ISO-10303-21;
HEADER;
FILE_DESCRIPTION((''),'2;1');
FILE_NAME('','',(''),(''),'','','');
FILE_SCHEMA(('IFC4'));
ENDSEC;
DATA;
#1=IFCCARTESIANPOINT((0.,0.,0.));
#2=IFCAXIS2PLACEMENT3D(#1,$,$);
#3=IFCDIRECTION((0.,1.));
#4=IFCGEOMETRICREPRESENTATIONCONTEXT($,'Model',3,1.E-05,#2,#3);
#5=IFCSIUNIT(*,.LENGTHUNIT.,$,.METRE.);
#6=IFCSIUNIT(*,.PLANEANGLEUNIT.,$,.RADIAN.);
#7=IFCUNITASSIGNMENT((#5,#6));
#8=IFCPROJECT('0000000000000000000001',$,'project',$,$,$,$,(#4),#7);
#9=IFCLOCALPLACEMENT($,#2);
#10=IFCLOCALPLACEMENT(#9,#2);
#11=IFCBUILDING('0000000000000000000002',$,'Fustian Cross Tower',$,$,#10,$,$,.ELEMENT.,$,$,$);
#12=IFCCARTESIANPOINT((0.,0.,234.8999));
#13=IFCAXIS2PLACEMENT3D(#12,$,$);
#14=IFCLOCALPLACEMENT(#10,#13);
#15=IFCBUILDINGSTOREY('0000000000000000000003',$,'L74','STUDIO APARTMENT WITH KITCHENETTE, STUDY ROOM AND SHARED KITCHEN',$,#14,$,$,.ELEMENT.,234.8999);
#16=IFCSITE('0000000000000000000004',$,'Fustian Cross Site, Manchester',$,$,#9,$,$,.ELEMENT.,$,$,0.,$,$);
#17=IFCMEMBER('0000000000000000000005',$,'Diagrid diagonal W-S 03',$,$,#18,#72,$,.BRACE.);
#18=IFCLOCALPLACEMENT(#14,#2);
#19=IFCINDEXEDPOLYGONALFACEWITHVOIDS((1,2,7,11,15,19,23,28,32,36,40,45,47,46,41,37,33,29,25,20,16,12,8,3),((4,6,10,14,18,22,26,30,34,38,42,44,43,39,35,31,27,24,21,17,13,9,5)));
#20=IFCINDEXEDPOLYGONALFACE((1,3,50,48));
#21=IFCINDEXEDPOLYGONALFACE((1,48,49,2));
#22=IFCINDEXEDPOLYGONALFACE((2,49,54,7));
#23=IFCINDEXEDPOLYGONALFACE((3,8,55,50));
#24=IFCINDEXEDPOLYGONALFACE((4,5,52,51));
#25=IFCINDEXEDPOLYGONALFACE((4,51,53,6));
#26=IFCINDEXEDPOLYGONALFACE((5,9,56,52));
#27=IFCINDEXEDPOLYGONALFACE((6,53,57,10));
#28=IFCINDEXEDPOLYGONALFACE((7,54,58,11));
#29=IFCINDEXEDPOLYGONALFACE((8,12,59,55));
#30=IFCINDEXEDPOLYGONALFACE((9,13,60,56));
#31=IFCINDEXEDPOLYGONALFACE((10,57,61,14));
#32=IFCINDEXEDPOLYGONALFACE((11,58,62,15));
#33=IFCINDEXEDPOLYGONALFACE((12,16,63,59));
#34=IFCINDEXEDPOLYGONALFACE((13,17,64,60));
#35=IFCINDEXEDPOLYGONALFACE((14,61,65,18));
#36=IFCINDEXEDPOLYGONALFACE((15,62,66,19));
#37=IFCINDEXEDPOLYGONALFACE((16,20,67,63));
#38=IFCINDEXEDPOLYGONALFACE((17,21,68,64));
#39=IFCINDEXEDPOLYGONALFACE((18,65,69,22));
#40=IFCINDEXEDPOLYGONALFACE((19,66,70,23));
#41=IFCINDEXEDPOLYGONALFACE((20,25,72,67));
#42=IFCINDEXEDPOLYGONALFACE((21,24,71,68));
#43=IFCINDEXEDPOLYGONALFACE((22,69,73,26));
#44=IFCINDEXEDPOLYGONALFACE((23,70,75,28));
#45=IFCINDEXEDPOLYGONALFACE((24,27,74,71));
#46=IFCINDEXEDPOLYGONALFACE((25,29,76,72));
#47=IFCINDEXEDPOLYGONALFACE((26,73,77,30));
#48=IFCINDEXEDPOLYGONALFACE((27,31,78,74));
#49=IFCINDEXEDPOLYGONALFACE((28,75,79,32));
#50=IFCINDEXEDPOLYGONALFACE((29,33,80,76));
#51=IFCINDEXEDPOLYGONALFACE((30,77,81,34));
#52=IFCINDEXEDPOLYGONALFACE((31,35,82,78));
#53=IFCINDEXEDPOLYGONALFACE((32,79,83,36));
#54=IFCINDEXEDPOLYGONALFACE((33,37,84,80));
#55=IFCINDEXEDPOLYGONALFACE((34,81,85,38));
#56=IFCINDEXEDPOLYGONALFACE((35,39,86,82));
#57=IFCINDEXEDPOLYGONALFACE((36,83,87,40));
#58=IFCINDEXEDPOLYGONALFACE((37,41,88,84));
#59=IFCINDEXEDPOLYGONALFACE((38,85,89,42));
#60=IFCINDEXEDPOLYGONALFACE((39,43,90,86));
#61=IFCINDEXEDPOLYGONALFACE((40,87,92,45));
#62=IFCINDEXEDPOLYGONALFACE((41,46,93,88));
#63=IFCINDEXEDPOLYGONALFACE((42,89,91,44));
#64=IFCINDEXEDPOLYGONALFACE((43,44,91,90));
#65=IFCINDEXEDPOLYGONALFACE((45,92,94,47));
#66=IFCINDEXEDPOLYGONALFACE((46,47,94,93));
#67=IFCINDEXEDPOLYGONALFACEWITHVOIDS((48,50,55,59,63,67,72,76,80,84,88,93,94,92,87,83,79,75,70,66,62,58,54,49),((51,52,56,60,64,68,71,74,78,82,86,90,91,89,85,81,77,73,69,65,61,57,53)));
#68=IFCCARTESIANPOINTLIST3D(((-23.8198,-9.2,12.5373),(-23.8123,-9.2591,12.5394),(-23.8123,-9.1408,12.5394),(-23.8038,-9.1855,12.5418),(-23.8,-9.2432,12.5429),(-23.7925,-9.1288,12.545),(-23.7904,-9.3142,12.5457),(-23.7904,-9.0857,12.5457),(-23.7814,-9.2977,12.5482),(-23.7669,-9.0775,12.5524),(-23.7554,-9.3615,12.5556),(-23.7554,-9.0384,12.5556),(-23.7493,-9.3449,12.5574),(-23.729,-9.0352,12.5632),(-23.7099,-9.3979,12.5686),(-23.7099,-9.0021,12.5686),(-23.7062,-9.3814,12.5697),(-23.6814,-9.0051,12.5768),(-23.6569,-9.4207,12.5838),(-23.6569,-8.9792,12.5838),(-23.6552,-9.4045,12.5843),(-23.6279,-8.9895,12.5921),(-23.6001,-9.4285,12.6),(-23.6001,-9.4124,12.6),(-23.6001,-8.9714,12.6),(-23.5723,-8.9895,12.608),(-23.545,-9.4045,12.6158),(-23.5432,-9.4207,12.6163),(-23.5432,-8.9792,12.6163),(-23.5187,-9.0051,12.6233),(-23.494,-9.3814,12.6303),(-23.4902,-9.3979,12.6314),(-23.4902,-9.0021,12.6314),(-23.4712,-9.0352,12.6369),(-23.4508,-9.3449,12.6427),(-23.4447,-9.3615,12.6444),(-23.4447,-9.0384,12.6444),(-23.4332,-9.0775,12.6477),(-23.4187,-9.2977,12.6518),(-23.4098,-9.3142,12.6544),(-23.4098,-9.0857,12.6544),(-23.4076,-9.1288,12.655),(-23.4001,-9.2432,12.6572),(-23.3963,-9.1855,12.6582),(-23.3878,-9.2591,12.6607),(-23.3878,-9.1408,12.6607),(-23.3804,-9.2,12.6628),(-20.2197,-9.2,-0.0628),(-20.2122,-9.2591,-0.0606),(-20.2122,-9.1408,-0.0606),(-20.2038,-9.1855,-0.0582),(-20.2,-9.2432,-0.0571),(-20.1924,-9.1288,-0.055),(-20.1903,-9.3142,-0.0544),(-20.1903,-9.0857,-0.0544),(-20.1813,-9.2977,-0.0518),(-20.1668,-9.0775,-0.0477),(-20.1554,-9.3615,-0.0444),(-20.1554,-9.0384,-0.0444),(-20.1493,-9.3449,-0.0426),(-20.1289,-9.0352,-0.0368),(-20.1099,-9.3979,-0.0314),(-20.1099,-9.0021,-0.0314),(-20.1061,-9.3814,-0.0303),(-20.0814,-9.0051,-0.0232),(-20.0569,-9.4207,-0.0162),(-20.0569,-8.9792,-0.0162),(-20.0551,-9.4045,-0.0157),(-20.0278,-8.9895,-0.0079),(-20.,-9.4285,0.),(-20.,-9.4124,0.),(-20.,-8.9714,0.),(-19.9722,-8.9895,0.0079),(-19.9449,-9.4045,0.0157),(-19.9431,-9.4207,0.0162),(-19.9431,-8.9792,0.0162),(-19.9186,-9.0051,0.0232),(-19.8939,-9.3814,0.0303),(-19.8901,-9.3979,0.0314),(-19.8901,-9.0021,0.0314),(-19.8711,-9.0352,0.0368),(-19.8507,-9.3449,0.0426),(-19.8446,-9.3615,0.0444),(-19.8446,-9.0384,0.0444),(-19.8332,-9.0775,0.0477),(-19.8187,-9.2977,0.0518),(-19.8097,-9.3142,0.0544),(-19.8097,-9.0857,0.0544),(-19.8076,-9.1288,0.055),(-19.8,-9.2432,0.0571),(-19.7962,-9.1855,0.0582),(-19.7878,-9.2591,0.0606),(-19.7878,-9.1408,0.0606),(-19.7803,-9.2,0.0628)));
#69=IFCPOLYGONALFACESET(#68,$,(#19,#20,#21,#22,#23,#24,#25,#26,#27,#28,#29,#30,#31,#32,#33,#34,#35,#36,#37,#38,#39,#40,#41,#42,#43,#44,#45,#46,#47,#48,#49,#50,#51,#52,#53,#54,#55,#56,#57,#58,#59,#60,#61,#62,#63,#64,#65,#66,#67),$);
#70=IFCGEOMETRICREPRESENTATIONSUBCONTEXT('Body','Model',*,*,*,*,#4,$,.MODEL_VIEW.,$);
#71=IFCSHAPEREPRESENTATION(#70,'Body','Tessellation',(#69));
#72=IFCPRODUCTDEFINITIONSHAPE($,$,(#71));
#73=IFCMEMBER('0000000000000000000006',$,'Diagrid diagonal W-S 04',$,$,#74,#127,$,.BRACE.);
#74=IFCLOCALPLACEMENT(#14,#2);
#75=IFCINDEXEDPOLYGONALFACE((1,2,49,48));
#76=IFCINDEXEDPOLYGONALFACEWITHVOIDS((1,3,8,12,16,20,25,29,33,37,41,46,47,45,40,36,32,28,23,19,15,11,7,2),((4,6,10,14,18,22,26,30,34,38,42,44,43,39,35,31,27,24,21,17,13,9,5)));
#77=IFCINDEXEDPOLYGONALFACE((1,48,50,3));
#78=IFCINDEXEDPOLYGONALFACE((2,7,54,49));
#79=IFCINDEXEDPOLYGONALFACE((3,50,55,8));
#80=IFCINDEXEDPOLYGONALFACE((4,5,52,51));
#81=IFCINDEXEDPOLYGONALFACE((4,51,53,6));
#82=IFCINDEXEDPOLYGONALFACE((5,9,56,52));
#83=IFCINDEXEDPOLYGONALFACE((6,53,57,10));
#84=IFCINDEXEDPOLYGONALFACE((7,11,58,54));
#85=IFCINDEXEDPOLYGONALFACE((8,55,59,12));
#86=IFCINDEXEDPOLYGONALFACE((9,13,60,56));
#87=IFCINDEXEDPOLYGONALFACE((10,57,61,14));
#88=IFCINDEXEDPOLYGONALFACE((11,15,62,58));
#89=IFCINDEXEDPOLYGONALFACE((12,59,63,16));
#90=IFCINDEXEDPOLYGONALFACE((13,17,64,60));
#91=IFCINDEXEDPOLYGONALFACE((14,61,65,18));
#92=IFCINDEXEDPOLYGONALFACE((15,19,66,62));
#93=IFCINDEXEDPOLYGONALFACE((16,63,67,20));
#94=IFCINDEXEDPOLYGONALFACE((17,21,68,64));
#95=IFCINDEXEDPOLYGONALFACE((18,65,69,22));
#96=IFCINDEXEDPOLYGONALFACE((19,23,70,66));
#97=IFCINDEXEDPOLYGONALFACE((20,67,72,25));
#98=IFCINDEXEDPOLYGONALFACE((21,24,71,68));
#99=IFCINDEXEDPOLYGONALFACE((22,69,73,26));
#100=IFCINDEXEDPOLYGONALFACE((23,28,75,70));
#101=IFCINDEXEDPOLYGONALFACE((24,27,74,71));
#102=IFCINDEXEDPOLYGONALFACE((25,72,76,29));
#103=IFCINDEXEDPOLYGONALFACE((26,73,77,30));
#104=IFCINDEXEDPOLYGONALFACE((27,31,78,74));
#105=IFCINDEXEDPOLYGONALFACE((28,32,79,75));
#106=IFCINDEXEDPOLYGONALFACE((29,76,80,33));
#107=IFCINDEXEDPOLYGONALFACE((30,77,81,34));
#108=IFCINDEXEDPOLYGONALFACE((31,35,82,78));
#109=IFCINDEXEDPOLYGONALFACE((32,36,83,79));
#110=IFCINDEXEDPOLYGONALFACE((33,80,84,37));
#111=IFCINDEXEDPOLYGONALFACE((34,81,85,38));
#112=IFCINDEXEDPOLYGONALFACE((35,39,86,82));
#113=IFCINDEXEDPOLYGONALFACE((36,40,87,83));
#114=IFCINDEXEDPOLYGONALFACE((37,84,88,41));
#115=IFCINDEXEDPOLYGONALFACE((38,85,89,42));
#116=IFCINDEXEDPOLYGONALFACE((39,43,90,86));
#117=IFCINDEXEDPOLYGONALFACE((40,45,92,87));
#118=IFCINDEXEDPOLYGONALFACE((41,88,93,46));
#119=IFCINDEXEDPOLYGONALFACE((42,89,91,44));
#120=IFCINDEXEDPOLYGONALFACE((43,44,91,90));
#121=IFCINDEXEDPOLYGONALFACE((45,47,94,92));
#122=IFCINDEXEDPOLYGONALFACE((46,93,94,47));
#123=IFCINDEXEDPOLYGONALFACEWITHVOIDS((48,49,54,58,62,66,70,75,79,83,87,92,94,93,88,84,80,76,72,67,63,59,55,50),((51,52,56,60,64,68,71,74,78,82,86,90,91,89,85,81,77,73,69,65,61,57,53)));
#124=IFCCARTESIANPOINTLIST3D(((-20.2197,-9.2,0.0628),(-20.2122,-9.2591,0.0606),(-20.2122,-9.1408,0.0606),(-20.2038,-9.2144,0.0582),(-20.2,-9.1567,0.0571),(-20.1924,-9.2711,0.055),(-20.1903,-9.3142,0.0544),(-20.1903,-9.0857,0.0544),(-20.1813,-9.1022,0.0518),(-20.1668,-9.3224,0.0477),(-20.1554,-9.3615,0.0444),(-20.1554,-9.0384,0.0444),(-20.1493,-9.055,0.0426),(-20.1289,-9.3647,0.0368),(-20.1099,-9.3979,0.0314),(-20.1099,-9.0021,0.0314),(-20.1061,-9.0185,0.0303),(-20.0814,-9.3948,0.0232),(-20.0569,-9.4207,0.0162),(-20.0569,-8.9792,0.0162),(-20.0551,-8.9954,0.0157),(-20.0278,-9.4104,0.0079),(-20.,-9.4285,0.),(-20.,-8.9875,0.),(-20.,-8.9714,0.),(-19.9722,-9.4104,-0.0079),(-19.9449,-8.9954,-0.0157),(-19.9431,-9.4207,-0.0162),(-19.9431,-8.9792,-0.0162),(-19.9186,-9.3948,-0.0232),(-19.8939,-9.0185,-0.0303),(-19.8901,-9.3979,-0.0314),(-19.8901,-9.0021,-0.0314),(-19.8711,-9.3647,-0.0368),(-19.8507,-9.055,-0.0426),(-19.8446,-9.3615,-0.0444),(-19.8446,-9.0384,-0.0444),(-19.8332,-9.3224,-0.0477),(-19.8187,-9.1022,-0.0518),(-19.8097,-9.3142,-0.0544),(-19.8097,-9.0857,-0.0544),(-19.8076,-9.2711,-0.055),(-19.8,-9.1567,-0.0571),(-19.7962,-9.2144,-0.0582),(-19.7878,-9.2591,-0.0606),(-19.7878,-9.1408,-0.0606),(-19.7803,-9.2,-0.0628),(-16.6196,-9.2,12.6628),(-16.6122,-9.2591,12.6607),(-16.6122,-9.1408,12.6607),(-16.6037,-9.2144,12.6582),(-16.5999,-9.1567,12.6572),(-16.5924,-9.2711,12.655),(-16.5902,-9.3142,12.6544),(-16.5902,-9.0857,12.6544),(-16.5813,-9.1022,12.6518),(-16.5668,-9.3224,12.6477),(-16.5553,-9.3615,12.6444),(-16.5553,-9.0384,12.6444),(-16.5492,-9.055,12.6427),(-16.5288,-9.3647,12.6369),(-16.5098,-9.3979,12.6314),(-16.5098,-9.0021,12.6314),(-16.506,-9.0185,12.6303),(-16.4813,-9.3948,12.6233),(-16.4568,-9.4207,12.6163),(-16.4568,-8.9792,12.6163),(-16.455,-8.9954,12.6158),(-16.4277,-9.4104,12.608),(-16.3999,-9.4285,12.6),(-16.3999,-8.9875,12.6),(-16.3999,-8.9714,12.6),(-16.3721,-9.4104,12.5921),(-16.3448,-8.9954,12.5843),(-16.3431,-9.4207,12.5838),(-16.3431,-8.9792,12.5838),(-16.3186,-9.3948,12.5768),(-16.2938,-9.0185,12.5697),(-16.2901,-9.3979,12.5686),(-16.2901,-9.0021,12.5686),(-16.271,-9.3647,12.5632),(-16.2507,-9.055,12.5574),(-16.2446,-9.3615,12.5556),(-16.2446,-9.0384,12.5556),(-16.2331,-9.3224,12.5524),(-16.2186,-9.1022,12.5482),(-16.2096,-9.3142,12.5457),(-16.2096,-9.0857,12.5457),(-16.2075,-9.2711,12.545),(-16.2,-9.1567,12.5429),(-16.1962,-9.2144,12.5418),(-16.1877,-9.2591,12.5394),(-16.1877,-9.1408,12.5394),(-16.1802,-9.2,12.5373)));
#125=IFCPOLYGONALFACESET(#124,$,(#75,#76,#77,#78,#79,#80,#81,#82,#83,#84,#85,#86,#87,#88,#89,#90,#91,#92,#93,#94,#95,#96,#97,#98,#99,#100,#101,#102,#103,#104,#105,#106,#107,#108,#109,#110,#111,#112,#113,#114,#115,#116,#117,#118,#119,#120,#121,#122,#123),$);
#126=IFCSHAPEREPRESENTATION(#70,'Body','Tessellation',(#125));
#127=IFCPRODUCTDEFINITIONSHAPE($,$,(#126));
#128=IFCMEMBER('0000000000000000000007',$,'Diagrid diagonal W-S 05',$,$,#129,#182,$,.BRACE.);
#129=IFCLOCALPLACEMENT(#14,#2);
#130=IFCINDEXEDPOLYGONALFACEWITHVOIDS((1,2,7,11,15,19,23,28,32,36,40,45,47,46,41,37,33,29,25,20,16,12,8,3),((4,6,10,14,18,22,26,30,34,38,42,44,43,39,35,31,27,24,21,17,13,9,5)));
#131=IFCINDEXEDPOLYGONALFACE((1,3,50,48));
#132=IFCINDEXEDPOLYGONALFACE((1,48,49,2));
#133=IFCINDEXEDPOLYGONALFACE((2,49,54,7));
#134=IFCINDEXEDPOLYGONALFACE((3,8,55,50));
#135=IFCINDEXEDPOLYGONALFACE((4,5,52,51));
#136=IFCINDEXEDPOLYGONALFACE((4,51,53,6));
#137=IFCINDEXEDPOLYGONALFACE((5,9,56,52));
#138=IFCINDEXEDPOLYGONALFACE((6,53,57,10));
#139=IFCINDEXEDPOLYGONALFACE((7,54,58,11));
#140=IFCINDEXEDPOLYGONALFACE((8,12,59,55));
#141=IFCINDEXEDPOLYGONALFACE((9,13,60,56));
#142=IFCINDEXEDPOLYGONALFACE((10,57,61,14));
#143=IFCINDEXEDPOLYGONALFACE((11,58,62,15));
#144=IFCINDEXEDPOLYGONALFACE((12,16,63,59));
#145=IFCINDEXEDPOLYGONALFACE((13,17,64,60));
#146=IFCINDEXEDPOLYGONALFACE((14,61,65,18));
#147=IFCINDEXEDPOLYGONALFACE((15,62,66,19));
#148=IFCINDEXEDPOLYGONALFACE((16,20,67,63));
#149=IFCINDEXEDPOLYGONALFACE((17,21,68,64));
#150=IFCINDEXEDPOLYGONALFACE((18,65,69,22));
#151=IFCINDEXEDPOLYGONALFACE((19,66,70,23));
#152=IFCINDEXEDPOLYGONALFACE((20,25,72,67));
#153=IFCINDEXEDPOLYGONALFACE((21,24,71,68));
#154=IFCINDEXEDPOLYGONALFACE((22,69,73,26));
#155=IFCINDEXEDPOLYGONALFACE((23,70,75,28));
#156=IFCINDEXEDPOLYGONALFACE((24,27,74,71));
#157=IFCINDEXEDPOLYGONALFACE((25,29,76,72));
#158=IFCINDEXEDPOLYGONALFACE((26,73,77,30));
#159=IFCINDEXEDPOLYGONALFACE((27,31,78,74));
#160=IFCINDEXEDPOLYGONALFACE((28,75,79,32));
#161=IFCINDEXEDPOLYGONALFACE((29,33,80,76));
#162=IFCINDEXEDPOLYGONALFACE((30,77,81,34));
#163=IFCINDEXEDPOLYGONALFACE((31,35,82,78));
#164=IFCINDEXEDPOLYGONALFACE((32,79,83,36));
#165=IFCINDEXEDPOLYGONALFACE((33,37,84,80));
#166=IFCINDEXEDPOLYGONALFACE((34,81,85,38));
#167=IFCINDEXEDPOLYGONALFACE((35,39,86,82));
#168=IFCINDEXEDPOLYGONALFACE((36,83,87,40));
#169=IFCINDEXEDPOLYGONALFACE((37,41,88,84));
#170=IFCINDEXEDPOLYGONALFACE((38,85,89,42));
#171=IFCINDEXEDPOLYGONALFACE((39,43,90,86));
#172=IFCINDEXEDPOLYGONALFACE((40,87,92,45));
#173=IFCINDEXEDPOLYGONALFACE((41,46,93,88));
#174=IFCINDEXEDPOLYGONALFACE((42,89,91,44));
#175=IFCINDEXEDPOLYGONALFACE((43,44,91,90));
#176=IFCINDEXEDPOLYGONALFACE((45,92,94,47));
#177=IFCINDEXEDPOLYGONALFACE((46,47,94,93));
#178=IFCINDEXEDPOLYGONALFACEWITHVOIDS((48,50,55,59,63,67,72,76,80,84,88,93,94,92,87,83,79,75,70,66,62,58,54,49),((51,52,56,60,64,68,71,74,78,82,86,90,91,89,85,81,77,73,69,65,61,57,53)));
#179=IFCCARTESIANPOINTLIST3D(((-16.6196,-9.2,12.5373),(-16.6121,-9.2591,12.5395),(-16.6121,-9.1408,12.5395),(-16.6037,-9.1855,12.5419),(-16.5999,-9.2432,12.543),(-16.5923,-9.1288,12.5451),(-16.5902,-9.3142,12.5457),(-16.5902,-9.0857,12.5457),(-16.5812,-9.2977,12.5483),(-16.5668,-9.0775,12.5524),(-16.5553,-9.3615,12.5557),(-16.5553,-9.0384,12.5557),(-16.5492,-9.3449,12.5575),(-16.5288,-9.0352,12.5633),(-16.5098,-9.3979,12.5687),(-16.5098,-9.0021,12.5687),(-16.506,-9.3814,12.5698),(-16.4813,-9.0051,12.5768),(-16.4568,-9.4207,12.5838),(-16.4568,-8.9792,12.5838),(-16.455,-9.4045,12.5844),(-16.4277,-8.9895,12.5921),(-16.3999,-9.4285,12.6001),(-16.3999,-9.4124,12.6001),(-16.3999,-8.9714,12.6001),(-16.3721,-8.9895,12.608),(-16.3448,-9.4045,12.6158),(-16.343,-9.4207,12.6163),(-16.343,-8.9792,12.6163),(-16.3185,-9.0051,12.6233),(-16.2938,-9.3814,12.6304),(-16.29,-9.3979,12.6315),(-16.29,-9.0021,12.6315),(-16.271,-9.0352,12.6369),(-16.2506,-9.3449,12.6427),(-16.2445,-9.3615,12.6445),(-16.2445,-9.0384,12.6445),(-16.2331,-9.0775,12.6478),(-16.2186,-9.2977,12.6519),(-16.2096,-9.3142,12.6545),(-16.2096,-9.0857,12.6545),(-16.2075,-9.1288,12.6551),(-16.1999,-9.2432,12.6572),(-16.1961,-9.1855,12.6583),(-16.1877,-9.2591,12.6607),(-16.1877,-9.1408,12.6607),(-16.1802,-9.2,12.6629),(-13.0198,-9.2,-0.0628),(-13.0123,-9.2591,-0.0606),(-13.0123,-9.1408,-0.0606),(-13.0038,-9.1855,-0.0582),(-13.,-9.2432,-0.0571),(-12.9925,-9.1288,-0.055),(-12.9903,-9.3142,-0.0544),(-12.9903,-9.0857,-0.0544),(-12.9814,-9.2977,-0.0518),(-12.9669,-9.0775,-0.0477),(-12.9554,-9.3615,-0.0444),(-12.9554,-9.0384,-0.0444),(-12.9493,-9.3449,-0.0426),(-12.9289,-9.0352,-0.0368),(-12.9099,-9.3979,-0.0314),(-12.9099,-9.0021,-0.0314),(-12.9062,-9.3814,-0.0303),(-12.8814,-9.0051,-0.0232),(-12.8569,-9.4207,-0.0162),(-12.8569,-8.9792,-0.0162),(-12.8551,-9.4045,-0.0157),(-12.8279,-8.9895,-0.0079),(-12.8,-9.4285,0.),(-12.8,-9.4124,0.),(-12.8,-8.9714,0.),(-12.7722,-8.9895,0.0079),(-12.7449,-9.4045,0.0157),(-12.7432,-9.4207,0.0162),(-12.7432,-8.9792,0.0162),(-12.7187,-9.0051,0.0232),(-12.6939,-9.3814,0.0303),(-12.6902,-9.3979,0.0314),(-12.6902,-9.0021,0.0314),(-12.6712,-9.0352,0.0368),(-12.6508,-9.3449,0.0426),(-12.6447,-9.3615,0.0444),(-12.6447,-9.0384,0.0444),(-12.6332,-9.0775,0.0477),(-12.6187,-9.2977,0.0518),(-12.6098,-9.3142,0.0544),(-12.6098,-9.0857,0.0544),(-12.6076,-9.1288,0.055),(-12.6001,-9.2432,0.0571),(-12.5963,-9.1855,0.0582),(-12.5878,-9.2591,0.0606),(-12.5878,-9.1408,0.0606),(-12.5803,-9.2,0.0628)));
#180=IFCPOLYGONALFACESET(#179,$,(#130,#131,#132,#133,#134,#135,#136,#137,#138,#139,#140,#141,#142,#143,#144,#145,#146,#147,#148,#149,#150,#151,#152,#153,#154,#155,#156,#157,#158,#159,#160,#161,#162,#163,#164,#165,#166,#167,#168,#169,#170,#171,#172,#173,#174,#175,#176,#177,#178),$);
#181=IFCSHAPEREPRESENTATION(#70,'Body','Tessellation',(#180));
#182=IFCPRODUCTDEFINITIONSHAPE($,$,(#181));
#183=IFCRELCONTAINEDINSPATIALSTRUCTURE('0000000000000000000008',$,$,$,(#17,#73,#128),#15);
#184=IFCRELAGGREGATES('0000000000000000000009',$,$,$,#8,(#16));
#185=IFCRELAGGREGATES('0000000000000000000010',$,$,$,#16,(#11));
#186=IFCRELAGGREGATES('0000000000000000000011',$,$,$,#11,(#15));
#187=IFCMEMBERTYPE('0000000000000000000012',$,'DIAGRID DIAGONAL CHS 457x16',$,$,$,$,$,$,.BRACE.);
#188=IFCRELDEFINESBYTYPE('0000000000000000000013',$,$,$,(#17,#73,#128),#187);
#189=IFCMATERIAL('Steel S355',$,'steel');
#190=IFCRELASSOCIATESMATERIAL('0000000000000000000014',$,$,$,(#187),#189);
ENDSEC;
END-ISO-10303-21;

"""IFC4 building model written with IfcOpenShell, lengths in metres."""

from ifc_helpers import new_model, si_unit, direction, frame, origin, origin_2d, place, context, subcontext, project, spatial, hollow_circle, extrude, material, material_profile, profile_set, type_object, element, save


model = new_model("IFC4")

# Units and contexts
model_context = context("Model", 3, precision=1e-05, world=origin(), true_north=direction((0.0, 1.0)))
body_context = subcontext(model_context, "Body", "Model", "MODEL_VIEW")
ifc_project = project(units=[si_unit("LENGTHUNIT", "METRE"), si_unit("PLANEANGLEUNIT", "RADIAN")], contexts=[model_context])

# Site, building, storey
site_placement = place(None, origin())
site = spatial("IfcSite", under=ifc_project, at=site_placement, Name="Fustian Cross Site, Manchester", CompositionType="ELEMENT", RefElevation=0.0)
building_placement = place(site_placement, origin())
building = spatial("IfcBuilding", under=site, at=building_placement, Name="Fustian Cross Tower", CompositionType="ELEMENT")
storey_placement = place(building_placement, frame((0.0, 0.0, 234.8999)))
storey = spatial("IfcBuildingStorey", under=building, at=storey_placement, Name="L74", Description="STUDIO APARTMENT WITH KITCHENETTE, STUDY ROOM AND SHARED KITCHEN", CompositionType="ELEMENT", Elevation=234.8999)

# Members
ifc_material_1 = material(Name="Steel S355", Category="steel")
ifc_material_profile_1 = material_profile(ifc_material_1, hollow_circle(Radius=0.2285, WallThickness=0.0161, at=origin_2d()), Name="CHS 457x16")
ifc_profile_set_1 = profile_set([ifc_material_profile_1], Name="Steel S355")
member_type_1 = type_object("IfcMemberType", Name="DIAGRID DIAGONAL CHS 457x16", PredefinedType="BRACE", material=ifc_profile_set_1)
for number, where, z_axis, x_axis, name in (
    (1, (-20.0, -9.2, 0.0), (-0.274726, 0.0, 0.961523), (0.0, -1.0, 0.0), "Diagrid diagonal W-S 03"),
    (2, (-20.0, -9.2, 0.0), (0.274726, 0.0, 0.961523), (0.0, 1.0, 0.0), "Diagrid diagonal W-S 04"),
    (3, (-12.8, -9.2, 0.0), (-0.274709, 0.0, 0.961527), (0.0, -1.0, 0.0), "Diagrid diagonal W-S 05"),
):
    element("IfcMember", number, at=place(storey_placement, frame(where, z_axis=z_axis, x_axis=x_axis)), inside=storey, type_object=member_type_1, Name=name, PredefinedType="BRACE", context=body_context, shape_type="SweptSolid", body=[
        extrude(hollow_circle(Radius=0.2285, WallThickness=0.0161, at=origin_2d()), origin(), (0.0, 0.0, 1.0), 13.1042),
    ])

save(model, "model.ifc")
